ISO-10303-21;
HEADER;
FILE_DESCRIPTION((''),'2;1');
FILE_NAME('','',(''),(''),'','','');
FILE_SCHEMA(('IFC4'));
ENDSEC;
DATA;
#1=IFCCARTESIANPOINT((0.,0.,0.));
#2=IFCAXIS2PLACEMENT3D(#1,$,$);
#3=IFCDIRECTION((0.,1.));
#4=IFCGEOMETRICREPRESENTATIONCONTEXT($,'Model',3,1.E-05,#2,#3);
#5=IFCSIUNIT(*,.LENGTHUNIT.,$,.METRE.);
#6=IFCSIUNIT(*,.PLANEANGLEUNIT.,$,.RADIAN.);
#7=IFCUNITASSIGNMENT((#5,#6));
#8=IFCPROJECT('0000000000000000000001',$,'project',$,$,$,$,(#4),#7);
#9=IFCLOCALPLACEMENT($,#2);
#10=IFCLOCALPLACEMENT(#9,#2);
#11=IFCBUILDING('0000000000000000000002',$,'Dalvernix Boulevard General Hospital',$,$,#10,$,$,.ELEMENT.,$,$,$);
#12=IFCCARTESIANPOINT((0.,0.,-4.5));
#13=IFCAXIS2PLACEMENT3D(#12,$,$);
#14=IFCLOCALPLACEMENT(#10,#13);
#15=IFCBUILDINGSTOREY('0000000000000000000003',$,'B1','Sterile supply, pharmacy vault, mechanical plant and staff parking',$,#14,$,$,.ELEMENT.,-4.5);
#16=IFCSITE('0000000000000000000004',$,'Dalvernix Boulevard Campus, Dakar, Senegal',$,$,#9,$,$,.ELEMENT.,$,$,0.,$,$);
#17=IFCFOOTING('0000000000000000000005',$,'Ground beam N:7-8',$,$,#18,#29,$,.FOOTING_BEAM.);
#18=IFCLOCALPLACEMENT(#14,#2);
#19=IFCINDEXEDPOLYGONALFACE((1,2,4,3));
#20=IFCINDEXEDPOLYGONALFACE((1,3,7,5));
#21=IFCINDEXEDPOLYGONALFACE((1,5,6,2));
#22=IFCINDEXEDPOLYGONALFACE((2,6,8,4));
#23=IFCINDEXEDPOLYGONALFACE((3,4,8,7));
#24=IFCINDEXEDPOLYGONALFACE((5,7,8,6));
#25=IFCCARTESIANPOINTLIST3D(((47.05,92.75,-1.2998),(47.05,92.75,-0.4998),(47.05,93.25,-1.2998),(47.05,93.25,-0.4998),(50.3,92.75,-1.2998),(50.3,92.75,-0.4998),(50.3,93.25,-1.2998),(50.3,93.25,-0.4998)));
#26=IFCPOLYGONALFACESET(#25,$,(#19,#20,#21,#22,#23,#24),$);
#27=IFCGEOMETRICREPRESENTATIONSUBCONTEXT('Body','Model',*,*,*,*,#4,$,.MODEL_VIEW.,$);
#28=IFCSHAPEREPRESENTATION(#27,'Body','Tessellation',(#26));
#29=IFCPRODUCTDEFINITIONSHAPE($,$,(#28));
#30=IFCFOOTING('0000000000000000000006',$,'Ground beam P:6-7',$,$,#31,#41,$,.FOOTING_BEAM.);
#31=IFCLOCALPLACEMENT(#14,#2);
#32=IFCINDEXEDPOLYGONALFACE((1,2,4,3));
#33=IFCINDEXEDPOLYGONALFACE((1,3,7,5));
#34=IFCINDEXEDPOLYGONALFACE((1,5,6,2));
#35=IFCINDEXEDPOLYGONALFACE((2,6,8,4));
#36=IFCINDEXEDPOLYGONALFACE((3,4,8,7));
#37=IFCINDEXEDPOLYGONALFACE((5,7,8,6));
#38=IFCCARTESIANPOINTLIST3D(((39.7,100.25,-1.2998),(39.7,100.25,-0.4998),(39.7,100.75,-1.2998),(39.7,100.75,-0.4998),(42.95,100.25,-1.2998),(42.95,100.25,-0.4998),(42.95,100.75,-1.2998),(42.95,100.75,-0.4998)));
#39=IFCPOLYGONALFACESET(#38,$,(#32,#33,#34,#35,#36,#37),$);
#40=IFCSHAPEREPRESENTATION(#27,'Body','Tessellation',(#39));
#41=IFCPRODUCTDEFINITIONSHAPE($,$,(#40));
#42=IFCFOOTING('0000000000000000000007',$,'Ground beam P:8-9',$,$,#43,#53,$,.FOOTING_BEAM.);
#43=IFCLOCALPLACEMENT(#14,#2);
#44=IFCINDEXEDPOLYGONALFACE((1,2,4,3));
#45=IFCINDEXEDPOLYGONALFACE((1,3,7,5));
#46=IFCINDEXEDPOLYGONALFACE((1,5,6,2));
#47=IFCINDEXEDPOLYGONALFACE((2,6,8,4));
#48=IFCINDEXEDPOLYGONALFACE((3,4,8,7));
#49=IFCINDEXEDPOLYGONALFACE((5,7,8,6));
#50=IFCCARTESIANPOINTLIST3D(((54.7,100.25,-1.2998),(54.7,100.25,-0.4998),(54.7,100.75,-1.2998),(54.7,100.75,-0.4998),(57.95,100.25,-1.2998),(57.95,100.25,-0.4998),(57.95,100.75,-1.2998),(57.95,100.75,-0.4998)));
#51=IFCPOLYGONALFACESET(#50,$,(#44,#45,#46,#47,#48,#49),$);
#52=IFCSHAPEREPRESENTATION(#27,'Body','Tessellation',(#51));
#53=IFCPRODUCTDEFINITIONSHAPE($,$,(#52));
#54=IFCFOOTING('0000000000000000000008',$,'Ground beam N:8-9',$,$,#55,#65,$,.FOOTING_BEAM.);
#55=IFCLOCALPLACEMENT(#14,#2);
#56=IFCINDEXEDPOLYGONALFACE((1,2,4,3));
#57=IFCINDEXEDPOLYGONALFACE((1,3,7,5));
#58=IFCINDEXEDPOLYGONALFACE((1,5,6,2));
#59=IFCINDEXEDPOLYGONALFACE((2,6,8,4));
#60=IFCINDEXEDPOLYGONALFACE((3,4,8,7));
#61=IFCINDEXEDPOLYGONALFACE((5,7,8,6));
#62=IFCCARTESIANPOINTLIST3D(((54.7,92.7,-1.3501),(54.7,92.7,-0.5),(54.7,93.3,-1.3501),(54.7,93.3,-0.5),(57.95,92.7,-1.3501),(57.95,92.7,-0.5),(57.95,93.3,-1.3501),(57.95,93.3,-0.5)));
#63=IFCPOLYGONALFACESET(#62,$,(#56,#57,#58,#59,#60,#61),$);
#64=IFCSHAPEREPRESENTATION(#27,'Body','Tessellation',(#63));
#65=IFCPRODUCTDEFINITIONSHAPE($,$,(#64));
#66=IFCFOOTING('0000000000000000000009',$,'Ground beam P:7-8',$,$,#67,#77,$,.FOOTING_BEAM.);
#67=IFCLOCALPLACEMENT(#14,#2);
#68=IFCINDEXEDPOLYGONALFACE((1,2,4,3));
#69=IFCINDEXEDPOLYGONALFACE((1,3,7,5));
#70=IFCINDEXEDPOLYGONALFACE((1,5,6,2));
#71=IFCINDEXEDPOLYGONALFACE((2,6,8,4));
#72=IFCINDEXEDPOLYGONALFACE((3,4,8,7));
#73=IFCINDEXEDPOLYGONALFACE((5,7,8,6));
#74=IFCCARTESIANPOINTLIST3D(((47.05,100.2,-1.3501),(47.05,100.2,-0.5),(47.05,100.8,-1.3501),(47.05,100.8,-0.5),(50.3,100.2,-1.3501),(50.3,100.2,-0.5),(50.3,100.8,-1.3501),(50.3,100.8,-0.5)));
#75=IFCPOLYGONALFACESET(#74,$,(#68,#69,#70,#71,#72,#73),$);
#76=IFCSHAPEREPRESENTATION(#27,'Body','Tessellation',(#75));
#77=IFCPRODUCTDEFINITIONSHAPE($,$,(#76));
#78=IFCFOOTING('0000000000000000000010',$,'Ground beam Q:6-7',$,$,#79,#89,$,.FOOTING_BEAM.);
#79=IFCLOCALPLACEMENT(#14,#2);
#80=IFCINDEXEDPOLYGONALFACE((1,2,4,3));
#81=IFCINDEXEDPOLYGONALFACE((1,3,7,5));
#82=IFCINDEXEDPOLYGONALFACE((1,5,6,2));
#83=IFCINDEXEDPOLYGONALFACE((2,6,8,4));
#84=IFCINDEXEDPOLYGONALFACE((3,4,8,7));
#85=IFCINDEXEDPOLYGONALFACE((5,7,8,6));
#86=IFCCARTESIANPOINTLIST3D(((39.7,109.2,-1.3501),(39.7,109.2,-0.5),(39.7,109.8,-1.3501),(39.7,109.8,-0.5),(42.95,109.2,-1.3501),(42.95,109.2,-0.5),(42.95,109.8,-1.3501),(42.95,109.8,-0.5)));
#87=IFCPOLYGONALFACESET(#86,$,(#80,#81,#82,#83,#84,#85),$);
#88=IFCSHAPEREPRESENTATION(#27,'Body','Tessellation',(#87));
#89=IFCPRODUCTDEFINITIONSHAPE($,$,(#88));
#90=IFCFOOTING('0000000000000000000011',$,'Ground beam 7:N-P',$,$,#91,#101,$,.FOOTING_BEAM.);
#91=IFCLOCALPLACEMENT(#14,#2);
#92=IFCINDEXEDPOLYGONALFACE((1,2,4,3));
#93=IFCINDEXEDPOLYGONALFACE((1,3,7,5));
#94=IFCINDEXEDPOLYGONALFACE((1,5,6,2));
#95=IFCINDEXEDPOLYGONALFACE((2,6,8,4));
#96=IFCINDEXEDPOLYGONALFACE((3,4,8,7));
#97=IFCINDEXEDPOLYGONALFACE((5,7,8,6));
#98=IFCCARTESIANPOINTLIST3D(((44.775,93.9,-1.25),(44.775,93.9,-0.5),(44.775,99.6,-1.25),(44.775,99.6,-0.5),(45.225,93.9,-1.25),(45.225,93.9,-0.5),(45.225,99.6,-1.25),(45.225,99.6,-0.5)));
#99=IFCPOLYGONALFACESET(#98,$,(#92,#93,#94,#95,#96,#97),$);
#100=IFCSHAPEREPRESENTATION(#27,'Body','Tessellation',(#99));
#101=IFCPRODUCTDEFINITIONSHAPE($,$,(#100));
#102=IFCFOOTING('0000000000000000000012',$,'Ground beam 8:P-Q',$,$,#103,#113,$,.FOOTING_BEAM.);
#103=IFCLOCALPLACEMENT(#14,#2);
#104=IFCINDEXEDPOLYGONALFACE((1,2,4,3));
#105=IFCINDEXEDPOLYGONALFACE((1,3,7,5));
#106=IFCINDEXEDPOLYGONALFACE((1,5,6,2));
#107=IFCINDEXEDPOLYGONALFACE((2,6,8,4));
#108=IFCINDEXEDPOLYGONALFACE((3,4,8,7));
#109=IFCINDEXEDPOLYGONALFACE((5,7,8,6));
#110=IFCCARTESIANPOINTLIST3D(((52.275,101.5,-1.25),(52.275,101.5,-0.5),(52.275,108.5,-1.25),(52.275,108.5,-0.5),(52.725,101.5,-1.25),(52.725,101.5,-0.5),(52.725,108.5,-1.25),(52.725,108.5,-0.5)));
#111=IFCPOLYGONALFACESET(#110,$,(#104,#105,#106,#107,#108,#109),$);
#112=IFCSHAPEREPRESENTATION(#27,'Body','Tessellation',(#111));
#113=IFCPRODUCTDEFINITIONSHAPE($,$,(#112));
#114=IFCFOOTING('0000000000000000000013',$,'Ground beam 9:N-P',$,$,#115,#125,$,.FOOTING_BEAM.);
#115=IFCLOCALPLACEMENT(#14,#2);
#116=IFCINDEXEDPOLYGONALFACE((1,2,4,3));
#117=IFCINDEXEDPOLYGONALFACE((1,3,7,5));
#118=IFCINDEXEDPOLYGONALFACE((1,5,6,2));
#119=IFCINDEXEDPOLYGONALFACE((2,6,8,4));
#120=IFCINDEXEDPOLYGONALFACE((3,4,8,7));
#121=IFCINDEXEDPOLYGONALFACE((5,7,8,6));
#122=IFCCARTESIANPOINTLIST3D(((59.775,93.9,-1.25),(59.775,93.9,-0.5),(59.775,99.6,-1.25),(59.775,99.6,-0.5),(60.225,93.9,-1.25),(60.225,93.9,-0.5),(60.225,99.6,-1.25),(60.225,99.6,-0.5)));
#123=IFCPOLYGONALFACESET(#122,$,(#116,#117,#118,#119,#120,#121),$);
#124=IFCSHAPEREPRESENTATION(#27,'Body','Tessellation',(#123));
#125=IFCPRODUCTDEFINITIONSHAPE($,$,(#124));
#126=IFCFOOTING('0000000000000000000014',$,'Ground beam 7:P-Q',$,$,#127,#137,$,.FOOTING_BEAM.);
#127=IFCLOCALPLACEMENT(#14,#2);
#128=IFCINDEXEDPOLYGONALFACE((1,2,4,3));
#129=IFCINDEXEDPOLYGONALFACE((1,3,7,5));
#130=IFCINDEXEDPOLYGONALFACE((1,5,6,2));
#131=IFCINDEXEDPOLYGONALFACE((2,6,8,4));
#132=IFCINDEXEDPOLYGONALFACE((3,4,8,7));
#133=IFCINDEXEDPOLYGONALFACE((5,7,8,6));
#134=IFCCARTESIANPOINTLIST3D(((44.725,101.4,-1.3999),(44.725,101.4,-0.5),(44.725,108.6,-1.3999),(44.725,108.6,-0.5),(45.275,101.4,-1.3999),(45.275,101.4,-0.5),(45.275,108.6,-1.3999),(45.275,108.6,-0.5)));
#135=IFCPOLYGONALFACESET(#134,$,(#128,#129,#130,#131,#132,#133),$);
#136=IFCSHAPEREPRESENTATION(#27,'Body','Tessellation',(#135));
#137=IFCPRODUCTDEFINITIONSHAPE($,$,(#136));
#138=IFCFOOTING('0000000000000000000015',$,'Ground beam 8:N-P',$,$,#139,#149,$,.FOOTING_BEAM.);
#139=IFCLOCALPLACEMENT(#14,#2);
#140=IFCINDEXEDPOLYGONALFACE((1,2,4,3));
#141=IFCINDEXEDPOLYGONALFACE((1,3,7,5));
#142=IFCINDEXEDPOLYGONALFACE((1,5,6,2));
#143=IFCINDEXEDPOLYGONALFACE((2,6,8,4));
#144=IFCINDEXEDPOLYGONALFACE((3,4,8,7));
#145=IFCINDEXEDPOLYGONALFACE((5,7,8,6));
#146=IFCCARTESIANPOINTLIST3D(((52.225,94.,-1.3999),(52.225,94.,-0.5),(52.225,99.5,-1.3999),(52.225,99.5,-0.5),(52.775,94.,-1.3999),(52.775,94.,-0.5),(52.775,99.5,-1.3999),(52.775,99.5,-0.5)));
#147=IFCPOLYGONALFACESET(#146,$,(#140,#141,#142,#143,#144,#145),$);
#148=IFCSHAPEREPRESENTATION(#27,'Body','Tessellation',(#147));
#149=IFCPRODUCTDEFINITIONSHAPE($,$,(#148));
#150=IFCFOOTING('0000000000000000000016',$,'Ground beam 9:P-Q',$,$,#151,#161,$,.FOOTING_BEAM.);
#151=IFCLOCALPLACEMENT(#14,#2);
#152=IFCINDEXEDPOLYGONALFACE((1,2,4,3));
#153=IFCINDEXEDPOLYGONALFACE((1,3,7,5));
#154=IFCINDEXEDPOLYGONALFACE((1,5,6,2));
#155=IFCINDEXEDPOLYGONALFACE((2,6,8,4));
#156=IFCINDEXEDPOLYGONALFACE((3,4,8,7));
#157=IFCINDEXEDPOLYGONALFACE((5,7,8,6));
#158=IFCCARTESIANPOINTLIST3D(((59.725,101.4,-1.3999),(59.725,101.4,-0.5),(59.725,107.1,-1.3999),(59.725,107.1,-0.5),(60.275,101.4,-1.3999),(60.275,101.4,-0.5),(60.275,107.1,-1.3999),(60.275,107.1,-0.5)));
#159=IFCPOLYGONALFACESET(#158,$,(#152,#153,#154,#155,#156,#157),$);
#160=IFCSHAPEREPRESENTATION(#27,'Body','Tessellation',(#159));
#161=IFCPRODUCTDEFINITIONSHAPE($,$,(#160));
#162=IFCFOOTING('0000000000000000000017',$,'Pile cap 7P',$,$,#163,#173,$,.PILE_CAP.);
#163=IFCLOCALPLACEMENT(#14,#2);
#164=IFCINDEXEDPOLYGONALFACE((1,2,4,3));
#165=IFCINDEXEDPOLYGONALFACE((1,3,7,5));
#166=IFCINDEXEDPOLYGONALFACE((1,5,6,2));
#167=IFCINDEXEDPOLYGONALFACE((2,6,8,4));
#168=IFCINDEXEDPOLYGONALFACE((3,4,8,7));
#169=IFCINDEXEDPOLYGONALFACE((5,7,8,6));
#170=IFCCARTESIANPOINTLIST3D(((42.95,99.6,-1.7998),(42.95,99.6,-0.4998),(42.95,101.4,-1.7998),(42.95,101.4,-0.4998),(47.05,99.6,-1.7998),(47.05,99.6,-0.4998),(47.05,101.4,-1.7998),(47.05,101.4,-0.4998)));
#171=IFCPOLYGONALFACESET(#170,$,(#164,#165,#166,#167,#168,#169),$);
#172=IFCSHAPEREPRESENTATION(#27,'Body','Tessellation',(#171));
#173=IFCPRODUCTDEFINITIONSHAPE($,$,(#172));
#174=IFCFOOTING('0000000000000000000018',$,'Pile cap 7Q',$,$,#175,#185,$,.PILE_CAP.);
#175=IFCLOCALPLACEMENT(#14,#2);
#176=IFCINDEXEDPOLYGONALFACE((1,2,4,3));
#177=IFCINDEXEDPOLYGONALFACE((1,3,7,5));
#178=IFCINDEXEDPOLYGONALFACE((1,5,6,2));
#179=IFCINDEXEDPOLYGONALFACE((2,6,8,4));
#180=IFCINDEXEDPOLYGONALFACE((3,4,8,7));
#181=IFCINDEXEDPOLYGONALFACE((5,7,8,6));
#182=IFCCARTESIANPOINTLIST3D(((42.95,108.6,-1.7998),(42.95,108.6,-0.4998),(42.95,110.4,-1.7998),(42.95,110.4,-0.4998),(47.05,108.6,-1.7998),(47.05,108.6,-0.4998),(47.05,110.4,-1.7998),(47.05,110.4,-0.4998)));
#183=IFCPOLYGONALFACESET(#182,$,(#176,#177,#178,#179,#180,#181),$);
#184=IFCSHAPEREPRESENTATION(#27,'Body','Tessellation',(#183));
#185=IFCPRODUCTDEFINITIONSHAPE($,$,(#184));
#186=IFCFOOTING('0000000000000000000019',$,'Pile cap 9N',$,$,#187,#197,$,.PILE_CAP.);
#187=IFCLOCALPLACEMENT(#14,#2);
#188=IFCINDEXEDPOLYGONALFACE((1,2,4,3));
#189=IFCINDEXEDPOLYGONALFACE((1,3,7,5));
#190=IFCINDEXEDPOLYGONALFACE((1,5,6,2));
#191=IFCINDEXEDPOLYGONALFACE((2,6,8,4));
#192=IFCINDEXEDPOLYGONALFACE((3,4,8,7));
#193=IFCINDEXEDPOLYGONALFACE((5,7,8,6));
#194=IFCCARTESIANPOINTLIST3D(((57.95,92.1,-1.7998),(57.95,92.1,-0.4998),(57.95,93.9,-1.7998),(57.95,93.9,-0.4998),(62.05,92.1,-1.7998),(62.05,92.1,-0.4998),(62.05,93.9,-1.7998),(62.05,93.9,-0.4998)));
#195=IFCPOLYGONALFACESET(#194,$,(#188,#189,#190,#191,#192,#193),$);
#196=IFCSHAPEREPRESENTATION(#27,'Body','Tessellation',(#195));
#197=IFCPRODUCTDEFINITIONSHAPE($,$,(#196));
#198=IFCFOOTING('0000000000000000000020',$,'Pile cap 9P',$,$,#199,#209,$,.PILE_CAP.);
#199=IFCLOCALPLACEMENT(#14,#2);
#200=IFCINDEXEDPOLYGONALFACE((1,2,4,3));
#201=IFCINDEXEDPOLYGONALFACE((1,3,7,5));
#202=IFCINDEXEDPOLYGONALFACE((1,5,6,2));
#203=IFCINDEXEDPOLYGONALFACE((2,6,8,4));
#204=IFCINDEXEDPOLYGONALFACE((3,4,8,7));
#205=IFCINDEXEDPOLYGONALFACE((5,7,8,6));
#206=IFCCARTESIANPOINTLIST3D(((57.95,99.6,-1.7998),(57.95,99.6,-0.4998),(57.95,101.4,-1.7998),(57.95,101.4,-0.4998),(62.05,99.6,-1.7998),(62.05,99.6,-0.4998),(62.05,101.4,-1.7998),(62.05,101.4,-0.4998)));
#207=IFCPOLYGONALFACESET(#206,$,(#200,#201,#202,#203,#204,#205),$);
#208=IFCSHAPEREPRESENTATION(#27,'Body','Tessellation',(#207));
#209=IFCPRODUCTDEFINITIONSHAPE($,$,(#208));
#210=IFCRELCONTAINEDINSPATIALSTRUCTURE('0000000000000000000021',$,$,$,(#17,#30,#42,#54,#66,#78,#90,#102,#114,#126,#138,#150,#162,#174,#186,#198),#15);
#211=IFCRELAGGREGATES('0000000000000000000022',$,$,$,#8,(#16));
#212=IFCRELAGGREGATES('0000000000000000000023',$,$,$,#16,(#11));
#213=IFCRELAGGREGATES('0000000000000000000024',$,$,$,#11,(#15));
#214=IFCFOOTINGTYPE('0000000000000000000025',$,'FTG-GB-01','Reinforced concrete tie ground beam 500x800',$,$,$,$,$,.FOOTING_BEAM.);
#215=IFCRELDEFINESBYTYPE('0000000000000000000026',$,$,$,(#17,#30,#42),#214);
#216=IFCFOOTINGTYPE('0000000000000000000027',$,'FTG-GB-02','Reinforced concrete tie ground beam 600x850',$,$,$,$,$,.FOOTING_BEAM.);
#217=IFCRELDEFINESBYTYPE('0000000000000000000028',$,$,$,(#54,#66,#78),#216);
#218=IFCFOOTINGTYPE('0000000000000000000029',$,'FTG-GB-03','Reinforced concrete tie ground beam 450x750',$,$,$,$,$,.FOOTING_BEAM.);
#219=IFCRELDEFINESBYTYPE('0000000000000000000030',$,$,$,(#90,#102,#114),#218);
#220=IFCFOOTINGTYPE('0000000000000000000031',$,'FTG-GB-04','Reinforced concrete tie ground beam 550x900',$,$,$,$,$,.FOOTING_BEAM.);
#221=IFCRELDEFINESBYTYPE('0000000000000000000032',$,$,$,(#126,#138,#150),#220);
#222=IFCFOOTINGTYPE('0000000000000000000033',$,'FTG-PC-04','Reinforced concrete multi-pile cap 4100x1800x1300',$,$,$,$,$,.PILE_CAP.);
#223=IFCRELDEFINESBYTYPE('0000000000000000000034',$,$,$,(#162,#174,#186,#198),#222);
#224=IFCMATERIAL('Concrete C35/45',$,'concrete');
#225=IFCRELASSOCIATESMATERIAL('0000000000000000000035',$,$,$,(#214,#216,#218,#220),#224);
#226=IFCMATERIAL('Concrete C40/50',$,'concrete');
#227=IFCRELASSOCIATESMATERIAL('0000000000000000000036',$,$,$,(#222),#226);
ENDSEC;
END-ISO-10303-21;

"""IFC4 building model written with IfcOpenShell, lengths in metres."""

from ifc_helpers import new_model, si_unit, direction, frame, origin, origin_2d, place, context, subcontext, project, spatial, rectangle, extrude, material, type_object, element, save


model = new_model("IFC4")

# Units and contexts
model_context = context("Model", 3, precision=1e-05, world=origin(), true_north=direction((0.0, 1.0)))
body_context = subcontext(model_context, "Body", "Model", "MODEL_VIEW")
ifc_project = project(units=[si_unit("LENGTHUNIT", "METRE"), si_unit("PLANEANGLEUNIT", "RADIAN")], contexts=[model_context])

# Site, building, storey
site_placement = place(None, origin())
site = spatial("IfcSite", under=ifc_project, at=site_placement, Name="Dalvernix Boulevard Campus, Dakar, Senegal", CompositionType="ELEMENT", RefElevation=0.0)
building_placement = place(site_placement, origin())
building = spatial("IfcBuilding", under=site, at=building_placement, Name="Dalvernix Boulevard General Hospital", CompositionType="ELEMENT")
storey_placement = place(building_placement, frame((0.0, 0.0, -4.5)))
storey = spatial("IfcBuildingStorey", under=building, at=storey_placement, Name="B1", Description="Sterile supply, pharmacy vault, mechanical plant and staff parking", CompositionType="ELEMENT", Elevation=-4.5)

# Footings
ifc_material_1 = material(Name="Concrete C35/45", Category="concrete")
footing_type_1 = type_object("IfcFootingType", Name="FTG-GB-01", Description="Reinforced concrete tie ground beam 500x800", PredefinedType="FOOTING_BEAM", material=ifc_material_1)
for number, where, z_axis, x_axis, name in (
    (1, (48.675, 93.0, -1.2998), (0.0, 0.0, 1.0), (1.0, 0.0, 0.0), "Ground beam N:7-8"),
    (2, (41.325, 100.5, -1.2998), (0.0, 0.0, 1.0), (1.0, 0.0, 0.0), "Ground beam P:6-7"),
    (3, (56.325, 100.5, -1.2998), (0.0, 0.0, 1.0), (1.0, 0.0, 0.0), "Ground beam P:8-9"),
):
    element("IfcFooting", number, at=place(storey_placement, frame(where, z_axis=z_axis, x_axis=x_axis)), inside=storey, type_object=footing_type_1, Name=name, PredefinedType="FOOTING_BEAM", context=body_context, shape_type="SweptSolid", body=[
        extrude(rectangle(XDim=3.25, YDim=0.5, at=origin_2d()), origin(), (0.0, 0.0, 1.0), 0.8),
    ])
footing_type_2 = type_object("IfcFootingType", Name="FTG-GB-02", Description="Reinforced concrete tie ground beam 600x850", PredefinedType="FOOTING_BEAM", material=ifc_material_1)
for number, where, z_axis, x_axis, name in (
    (4, (56.325, 93.0, -1.3501), (0.0, 0.0, 1.0), (1.0, 0.0, 0.0), "Ground beam N:8-9"),
    (5, (48.675, 100.5, -1.3501), (0.0, 0.0, 1.0), (1.0, 0.0, 0.0), "Ground beam P:7-8"),
    (6, (41.325, 109.5, -1.3501), (0.0, 0.0, 1.0), (1.0, 0.0, 0.0), "Ground beam Q:6-7"),
):
    element("IfcFooting", number, at=place(storey_placement, frame(where, z_axis=z_axis, x_axis=x_axis)), inside=storey, type_object=footing_type_2, Name=name, PredefinedType="FOOTING_BEAM", context=body_context, shape_type="SweptSolid", body=[
        extrude(rectangle(XDim=3.25, YDim=0.6001, at=origin_2d()), origin(), (0.0, 0.0, 1.0), 0.8501),
    ])
footing_type_3 = type_object("IfcFootingType", Name="FTG-GB-03", Description="Reinforced concrete tie ground beam 450x750", PredefinedType="FOOTING_BEAM", material=ifc_material_1)
footing_1_placement = place(storey_placement, frame((45.0, 96.75, -1.25), z_axis=(0.0, 0.0, 1.0), x_axis=(0.0, 1.0, 0.0)))
element("IfcFooting", 7, at=footing_1_placement, inside=storey, type_object=footing_type_3, Name="Ground beam 7:N-P", PredefinedType="FOOTING_BEAM", context=body_context, shape_type="SweptSolid", body=[
    extrude(rectangle(XDim=5.7, YDim=0.45, at=origin_2d()), origin(), (0.0, 0.0, 1.0), 0.75),
])
footing_2_placement = place(storey_placement, frame((52.5, 105.0, -1.25), z_axis=(0.0, 0.0, 1.0), x_axis=(0.0, 1.0, 0.0)))
element("IfcFooting", 8, at=footing_2_placement, inside=storey, type_object=footing_type_3, Name="Ground beam 8:P-Q", PredefinedType="FOOTING_BEAM", context=body_context, shape_type="SweptSolid", body=[
    extrude(rectangle(XDim=7.0, YDim=0.45, at=origin_2d()), origin(), (0.0, 0.0, 1.0), 0.75),
])
footing_3_placement = place(storey_placement, frame((60.0, 96.75, -1.25), z_axis=(0.0, 0.0, 1.0), x_axis=(0.0, 1.0, 0.0)))
element("IfcFooting", 9, at=footing_3_placement, inside=storey, type_object=footing_type_3, Name="Ground beam 9:N-P", PredefinedType="FOOTING_BEAM", context=body_context, shape_type="SweptSolid", body=[
    extrude(rectangle(XDim=5.7, YDim=0.45, at=origin_2d()), origin(), (0.0, 0.0, 1.0), 0.75),
])
footing_type_4 = type_object("IfcFootingType", Name="FTG-GB-04", Description="Reinforced concrete tie ground beam 550x900", PredefinedType="FOOTING_BEAM", material=ifc_material_1)
footing_4_placement = place(storey_placement, frame((45.0, 105.0, -1.3999), z_axis=(0.0, 0.0, 1.0), x_axis=(0.0, 1.0, 0.0)))
element("IfcFooting", 10, at=footing_4_placement, inside=storey, type_object=footing_type_4, Name="Ground beam 7:P-Q", PredefinedType="FOOTING_BEAM", context=body_context, shape_type="SweptSolid", body=[
    extrude(rectangle(XDim=7.2, YDim=0.55, at=origin_2d()), origin(), (0.0, 0.0, 1.0), 0.8999),
])
footing_5_placement = place(storey_placement, frame((52.5, 96.75, -1.3999), z_axis=(0.0, 0.0, 1.0), x_axis=(0.0, 1.0, 0.0)))
element("IfcFooting", 11, at=footing_5_placement, inside=storey, type_object=footing_type_4, Name="Ground beam 8:N-P", PredefinedType="FOOTING_BEAM", context=body_context, shape_type="SweptSolid", body=[
    extrude(rectangle(XDim=5.5, YDim=0.55, at=origin_2d()), origin(), (0.0, 0.0, 1.0), 0.8999),
])
footing_6_placement = place(storey_placement, frame((60.0, 104.25, -1.3999), z_axis=(0.0, 0.0, 1.0), x_axis=(0.0, 1.0, 0.0)))
element("IfcFooting", 12, at=footing_6_placement, inside=storey, type_object=footing_type_4, Name="Ground beam 9:P-Q", PredefinedType="FOOTING_BEAM", context=body_context, shape_type="SweptSolid", body=[
    extrude(rectangle(XDim=5.7, YDim=0.55, at=origin_2d()), origin(), (0.0, 0.0, 1.0), 0.8999),
])
ifc_material_2 = material(Name="Concrete C40/50", Category="concrete")
footing_type_5 = type_object("IfcFootingType", Name="FTG-PC-04", Description="Reinforced concrete multi-pile cap 4100x1800x1300", PredefinedType="PILE_CAP", material=ifc_material_2)
for number, where, z_axis, x_axis, name in (
    (13, (45.0, 100.5, -1.7998), (0.0, 0.0, 1.0), (1.0, 0.0, 0.0), "Pile cap 7P"),
    (14, (45.0, 109.5, -1.7998), (0.0, 0.0, 1.0), (1.0, 0.0, 0.0), "Pile cap 7Q"),
    (15, (60.0, 93.0, -1.7998), (0.0, 0.0, 1.0), (1.0, 0.0, 0.0), "Pile cap 9N"),
    (16, (60.0, 100.5, -1.7998), (0.0, 0.0, 1.0), (1.0, 0.0, 0.0), "Pile cap 9P"),
):
    element("IfcFooting", number, at=place(storey_placement, frame(where, z_axis=z_axis, x_axis=x_axis)), inside=storey, type_object=footing_type_5, Name=name, PredefinedType="PILE_CAP", context=body_context, shape_type="SweptSolid", body=[
        extrude(rectangle(XDim=4.1001, YDim=1.8, at=origin_2d()), origin(), (0.0, 0.0, 1.0), 1.3),
    ])

save(model, "model.ifc")
